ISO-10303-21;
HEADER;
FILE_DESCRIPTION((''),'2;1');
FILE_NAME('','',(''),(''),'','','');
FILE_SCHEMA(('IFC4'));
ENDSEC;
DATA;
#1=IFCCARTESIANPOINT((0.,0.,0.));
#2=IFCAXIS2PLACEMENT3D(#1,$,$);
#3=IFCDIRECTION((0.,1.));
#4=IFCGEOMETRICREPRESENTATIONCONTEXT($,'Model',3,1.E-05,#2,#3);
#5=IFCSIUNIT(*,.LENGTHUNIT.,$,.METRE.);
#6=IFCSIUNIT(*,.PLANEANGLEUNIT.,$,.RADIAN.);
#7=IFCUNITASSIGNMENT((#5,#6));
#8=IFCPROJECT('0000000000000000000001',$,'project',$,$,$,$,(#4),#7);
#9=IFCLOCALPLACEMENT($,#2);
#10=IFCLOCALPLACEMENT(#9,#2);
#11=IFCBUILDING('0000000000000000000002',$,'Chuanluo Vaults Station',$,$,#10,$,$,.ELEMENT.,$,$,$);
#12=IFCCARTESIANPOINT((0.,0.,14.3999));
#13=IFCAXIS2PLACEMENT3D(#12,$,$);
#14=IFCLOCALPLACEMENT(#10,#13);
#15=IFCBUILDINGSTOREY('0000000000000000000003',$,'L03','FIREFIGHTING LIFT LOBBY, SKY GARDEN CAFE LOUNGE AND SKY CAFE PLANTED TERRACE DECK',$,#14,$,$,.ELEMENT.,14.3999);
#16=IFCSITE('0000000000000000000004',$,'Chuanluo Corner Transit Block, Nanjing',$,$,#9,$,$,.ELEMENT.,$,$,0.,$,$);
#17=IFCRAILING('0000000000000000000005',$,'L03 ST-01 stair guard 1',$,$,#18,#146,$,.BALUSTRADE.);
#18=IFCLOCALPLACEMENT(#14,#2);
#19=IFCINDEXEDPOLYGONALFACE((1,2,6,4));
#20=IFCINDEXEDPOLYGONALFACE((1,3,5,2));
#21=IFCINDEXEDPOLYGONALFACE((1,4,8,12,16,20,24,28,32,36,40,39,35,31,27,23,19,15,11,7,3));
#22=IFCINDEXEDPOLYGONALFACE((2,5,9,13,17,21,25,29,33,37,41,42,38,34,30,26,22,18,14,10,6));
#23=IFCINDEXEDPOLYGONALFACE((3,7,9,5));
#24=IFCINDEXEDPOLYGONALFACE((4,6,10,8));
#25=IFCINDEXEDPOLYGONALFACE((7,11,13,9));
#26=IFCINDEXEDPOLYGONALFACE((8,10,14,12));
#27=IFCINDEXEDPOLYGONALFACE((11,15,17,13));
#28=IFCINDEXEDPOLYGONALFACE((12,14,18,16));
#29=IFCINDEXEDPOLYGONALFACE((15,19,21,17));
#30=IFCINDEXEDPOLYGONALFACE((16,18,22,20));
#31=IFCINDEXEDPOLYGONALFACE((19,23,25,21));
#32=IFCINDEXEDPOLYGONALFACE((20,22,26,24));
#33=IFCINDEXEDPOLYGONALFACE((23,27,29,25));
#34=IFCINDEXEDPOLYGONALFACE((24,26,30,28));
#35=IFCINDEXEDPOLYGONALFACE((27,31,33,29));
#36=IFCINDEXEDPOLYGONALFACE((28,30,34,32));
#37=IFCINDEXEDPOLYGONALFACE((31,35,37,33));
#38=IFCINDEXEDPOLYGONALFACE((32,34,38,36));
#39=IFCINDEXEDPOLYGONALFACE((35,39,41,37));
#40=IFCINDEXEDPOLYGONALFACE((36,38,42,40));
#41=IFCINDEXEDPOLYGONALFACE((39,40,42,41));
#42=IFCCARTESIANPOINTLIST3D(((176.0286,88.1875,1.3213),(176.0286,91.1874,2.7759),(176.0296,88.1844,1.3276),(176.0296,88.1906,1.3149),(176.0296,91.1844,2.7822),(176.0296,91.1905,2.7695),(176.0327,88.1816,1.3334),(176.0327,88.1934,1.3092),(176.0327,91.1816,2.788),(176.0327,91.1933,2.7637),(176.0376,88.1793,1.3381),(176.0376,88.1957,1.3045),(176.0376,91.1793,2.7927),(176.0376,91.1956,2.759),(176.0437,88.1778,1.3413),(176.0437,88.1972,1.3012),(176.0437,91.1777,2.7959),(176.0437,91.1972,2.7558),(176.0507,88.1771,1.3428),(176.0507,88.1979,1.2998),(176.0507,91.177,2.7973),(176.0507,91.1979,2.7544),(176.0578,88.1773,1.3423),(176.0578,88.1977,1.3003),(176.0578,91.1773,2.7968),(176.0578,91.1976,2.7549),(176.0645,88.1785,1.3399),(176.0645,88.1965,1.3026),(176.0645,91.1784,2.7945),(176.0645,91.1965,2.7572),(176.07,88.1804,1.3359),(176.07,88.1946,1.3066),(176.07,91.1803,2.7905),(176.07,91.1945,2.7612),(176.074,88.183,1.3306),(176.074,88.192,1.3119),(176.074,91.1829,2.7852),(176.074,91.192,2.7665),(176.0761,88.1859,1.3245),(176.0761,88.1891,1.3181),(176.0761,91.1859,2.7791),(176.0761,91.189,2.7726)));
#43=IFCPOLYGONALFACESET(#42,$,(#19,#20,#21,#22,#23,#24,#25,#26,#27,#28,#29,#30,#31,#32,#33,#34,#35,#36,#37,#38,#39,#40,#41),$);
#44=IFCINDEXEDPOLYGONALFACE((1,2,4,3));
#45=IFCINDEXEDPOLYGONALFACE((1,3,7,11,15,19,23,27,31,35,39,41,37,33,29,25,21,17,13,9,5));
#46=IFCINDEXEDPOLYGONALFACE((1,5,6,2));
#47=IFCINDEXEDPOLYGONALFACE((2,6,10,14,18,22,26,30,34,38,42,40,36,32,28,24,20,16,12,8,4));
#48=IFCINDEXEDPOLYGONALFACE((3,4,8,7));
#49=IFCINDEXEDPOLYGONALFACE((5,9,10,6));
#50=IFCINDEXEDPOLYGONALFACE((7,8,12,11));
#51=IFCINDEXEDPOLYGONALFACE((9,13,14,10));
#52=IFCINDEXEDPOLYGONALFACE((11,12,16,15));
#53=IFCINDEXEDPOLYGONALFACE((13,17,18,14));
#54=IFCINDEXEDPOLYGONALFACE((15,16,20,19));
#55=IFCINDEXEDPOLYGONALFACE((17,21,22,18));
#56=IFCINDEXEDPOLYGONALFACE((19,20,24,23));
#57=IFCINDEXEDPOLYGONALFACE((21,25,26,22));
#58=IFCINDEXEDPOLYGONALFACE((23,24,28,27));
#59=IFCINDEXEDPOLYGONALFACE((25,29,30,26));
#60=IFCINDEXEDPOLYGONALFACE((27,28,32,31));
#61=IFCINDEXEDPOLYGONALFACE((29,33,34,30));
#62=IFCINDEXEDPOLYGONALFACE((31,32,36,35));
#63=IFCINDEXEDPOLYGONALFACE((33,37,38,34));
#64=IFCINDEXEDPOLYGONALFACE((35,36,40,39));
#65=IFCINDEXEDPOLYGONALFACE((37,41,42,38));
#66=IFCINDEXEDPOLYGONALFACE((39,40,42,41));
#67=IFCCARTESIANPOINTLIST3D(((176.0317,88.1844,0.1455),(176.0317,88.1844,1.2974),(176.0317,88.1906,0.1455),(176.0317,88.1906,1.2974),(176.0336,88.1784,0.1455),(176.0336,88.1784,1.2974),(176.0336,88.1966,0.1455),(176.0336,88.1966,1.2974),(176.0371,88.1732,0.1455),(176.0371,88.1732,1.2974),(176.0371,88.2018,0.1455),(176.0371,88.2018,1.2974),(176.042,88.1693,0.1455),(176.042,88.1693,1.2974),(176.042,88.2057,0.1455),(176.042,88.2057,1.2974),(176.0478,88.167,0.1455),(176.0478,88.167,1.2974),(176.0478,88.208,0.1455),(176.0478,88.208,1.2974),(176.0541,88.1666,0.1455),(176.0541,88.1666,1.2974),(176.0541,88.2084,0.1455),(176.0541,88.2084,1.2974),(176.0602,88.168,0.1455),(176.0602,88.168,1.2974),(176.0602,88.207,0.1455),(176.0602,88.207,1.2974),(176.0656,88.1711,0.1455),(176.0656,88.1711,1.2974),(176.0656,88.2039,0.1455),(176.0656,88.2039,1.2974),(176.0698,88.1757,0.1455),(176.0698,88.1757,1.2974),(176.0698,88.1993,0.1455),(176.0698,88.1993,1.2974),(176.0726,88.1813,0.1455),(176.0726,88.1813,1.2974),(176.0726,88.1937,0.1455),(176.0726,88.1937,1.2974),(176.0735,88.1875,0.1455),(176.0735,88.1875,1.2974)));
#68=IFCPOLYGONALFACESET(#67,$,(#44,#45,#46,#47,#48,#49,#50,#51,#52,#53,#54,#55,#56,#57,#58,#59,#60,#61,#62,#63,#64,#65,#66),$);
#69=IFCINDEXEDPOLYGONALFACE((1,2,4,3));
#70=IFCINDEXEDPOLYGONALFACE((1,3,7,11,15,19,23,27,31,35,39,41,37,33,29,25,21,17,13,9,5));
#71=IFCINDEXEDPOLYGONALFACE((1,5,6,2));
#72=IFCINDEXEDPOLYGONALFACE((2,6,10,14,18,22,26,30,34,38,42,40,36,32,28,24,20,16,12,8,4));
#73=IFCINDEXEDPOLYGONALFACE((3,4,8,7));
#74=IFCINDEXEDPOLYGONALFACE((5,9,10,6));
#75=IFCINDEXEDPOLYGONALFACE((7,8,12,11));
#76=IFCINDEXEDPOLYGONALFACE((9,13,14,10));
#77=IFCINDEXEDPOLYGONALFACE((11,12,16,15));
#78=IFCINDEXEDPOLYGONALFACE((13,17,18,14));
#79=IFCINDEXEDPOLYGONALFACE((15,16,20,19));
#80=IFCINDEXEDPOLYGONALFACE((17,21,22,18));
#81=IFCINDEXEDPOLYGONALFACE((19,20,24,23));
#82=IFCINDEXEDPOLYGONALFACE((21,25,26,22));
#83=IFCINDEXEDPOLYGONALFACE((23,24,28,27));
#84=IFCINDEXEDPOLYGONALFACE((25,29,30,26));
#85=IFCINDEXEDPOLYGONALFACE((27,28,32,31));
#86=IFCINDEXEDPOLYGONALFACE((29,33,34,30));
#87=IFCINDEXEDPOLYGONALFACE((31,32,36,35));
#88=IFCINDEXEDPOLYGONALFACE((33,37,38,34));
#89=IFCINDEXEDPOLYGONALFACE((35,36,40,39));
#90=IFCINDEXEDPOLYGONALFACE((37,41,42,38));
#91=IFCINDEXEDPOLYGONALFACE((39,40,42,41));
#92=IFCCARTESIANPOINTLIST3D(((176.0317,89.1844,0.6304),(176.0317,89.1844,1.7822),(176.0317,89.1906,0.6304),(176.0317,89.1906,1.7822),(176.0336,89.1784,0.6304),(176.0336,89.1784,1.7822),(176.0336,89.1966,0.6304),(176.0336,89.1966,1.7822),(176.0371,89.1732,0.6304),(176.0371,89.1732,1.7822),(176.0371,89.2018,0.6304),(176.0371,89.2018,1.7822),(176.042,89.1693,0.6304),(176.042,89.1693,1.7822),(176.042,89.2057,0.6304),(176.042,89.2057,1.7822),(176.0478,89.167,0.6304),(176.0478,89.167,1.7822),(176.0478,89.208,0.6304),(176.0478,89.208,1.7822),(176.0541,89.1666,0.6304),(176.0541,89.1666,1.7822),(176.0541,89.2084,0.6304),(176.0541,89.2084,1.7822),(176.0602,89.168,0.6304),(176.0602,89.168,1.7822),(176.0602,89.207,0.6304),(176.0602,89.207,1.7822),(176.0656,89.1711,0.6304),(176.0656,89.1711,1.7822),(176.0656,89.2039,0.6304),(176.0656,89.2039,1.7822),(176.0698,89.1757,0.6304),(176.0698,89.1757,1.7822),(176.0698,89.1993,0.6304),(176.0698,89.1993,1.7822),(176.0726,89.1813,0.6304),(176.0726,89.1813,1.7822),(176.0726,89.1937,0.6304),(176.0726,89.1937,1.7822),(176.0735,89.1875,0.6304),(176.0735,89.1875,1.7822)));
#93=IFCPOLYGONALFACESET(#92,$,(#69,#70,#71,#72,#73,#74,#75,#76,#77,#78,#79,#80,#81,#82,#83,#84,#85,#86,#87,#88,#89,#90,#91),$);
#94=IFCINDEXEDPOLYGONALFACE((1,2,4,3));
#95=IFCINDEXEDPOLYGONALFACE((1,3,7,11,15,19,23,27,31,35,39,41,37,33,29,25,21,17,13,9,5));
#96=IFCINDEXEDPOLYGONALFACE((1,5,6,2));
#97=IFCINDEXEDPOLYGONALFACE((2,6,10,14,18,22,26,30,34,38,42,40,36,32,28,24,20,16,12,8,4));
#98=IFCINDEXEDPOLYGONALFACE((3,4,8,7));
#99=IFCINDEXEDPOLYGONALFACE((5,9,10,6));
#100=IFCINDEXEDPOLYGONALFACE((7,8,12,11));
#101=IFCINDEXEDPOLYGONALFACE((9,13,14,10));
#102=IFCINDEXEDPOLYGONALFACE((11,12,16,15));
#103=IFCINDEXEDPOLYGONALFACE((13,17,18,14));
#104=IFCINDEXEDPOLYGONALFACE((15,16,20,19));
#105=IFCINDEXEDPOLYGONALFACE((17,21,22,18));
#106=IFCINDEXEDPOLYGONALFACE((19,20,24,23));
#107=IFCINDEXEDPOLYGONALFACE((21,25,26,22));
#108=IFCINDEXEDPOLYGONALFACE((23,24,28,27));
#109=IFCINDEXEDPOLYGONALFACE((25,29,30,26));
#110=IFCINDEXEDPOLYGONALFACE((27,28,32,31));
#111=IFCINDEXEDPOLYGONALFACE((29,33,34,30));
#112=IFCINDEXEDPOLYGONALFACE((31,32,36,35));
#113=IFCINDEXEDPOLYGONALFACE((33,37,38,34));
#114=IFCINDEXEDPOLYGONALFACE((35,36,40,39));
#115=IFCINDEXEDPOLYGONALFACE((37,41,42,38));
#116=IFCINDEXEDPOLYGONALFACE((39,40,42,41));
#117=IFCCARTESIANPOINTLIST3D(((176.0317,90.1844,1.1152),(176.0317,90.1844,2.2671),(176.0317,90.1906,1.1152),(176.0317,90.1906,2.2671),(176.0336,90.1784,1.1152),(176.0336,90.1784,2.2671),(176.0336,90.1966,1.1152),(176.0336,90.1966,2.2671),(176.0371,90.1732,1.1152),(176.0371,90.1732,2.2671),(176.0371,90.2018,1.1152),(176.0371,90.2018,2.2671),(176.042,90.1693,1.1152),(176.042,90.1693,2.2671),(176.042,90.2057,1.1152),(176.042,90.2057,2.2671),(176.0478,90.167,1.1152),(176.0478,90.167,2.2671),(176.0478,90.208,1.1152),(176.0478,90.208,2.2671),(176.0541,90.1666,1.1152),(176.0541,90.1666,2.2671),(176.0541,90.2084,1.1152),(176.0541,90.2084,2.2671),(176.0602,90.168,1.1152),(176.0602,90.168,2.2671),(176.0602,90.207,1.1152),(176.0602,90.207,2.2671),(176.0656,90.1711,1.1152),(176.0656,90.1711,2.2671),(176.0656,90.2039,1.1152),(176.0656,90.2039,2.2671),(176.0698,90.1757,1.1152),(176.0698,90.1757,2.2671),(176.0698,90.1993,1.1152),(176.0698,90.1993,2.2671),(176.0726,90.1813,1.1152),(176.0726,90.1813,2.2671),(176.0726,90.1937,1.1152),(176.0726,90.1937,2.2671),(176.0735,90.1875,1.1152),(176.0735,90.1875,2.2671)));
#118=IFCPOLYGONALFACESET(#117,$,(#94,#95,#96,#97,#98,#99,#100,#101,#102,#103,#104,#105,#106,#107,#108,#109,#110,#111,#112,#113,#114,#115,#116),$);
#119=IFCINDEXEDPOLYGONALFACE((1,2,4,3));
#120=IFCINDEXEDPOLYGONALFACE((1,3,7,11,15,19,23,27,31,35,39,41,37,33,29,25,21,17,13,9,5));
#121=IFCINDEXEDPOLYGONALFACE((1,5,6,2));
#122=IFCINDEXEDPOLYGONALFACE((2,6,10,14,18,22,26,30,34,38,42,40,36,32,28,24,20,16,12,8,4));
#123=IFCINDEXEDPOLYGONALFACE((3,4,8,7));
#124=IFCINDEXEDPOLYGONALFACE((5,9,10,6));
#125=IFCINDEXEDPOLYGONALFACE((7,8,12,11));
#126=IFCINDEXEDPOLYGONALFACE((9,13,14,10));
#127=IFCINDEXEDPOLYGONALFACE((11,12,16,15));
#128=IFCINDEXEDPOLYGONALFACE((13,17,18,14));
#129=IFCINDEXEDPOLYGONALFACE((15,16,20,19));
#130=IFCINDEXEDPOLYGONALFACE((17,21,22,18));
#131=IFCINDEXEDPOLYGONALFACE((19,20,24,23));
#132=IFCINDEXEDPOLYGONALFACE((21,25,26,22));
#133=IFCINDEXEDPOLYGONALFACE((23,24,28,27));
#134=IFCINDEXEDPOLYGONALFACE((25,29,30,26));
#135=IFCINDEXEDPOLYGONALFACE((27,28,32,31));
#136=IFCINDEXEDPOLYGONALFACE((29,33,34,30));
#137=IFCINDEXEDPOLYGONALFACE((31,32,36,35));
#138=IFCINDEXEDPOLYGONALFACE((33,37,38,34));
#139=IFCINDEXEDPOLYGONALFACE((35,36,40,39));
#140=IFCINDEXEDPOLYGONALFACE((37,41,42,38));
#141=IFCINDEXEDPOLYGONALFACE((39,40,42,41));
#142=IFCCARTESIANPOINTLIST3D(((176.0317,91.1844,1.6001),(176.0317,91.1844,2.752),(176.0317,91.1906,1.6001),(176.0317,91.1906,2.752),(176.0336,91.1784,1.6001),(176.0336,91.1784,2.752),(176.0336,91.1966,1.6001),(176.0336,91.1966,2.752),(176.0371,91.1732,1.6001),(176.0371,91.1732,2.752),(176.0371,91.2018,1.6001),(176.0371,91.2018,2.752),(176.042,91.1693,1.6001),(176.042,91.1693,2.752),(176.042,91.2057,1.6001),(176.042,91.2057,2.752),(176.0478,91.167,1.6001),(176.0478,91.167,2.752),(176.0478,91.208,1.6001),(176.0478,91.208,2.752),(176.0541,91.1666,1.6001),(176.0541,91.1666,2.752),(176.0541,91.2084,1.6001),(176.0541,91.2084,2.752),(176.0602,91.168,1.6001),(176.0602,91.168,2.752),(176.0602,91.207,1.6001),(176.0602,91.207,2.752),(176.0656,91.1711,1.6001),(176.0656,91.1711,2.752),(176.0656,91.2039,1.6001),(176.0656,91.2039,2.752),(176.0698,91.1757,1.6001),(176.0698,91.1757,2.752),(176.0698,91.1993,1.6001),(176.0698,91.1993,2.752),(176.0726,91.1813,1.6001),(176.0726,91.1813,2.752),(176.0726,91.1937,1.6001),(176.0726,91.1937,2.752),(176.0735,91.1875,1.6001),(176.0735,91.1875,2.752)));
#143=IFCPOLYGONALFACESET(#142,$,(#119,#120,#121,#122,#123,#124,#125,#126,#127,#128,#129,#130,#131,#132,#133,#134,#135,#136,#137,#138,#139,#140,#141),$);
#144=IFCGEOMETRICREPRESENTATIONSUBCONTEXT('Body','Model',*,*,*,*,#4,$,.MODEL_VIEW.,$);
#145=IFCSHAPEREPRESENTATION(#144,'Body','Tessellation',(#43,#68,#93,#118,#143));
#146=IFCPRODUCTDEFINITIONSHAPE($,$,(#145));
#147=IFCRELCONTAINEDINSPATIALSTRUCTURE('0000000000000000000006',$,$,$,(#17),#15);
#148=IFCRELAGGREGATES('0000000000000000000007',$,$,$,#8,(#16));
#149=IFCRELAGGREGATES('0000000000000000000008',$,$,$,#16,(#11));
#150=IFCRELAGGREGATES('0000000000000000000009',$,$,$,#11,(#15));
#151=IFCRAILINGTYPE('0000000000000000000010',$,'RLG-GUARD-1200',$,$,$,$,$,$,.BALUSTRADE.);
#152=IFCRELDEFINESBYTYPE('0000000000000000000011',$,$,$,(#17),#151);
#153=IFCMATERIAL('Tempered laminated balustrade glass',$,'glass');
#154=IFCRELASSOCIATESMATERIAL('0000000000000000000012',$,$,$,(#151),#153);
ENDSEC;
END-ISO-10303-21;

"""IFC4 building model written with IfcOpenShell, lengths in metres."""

from ifc_helpers import new_model, si_unit, direction, frame, origin, origin_2d, place, context, subcontext, project, spatial, circle, extrude, material, type_object, element, save


model = new_model("IFC4")

# Units and contexts
model_context = context("Model", 3, precision=1e-05, world=origin(), true_north=direction((0.0, 1.0)))
body_context = subcontext(model_context, "Body", "Model", "MODEL_VIEW")
ifc_project = project(units=[si_unit("LENGTHUNIT", "METRE"), si_unit("PLANEANGLEUNIT", "RADIAN")], contexts=[model_context])

# Site, building, storey
site_placement = place(None, origin())
site = spatial("IfcSite", under=ifc_project, at=site_placement, Name="Chuanluo Corner Transit Block, Nanjing", CompositionType="ELEMENT", RefElevation=0.0)
building_placement = place(site_placement, origin())
building = spatial("IfcBuilding", under=site, at=building_placement, Name="Chuanluo Vaults Station", CompositionType="ELEMENT")
storey_placement = place(building_placement, frame((0.0, 0.0, 14.3999)))
storey = spatial("IfcBuildingStorey", under=building, at=storey_placement, Name="L03", Description="FIREFIGHTING LIFT LOBBY, SKY GARDEN CAFE LOUNGE AND SKY CAFE PLANTED TERRACE DECK", CompositionType="ELEMENT", Elevation=14.3999)

# Railing
ifc_material_1 = material(Name="Tempered laminated balustrade glass", Category="glass")
railing_type_1 = type_object("IfcRailingType", Name="RLG-GUARD-1200", PredefinedType="BALUSTRADE", material=ifc_material_1)
railing_1_placement = place(storey_placement, frame((176.0525, 88.1875, 0.1455)))
element("IfcRailing", 1, at=railing_1_placement, inside=storey, type_object=railing_type_1, Name="L03 ST-01 stair guard 1", PredefinedType="BALUSTRADE", context=body_context, shape_type="SweptSolid", body=[
    extrude(circle(Radius=0.0239, at=origin_2d()), frame((0.0, 0.0, 1.1758), z_axis=(0.0, 0.899809, 0.436284), x_axis=(-1.0, 0.0, 0.0)), (0.0, 0.0, 1.0), 3.334),
    extrude(circle(Radius=0.021, at=origin_2d()), origin(), (0.0, 0.0, 1.0), 1.1519),
    extrude(circle(Radius=0.021, at=origin_2d()), frame((0.0, 1.0, 0.4849)), (0.0, 0.0, 1.0), 1.1519),
    extrude(circle(Radius=0.021, at=origin_2d()), frame((0.0, 2.0, 0.9697)), (0.0, 0.0, 1.0), 1.1519),
    extrude(circle(Radius=0.021, at=origin_2d()), frame((0.0, 3.0, 1.4546)), (0.0, 0.0, 1.0), 1.1519),
])

save(model, "model.ifc")
